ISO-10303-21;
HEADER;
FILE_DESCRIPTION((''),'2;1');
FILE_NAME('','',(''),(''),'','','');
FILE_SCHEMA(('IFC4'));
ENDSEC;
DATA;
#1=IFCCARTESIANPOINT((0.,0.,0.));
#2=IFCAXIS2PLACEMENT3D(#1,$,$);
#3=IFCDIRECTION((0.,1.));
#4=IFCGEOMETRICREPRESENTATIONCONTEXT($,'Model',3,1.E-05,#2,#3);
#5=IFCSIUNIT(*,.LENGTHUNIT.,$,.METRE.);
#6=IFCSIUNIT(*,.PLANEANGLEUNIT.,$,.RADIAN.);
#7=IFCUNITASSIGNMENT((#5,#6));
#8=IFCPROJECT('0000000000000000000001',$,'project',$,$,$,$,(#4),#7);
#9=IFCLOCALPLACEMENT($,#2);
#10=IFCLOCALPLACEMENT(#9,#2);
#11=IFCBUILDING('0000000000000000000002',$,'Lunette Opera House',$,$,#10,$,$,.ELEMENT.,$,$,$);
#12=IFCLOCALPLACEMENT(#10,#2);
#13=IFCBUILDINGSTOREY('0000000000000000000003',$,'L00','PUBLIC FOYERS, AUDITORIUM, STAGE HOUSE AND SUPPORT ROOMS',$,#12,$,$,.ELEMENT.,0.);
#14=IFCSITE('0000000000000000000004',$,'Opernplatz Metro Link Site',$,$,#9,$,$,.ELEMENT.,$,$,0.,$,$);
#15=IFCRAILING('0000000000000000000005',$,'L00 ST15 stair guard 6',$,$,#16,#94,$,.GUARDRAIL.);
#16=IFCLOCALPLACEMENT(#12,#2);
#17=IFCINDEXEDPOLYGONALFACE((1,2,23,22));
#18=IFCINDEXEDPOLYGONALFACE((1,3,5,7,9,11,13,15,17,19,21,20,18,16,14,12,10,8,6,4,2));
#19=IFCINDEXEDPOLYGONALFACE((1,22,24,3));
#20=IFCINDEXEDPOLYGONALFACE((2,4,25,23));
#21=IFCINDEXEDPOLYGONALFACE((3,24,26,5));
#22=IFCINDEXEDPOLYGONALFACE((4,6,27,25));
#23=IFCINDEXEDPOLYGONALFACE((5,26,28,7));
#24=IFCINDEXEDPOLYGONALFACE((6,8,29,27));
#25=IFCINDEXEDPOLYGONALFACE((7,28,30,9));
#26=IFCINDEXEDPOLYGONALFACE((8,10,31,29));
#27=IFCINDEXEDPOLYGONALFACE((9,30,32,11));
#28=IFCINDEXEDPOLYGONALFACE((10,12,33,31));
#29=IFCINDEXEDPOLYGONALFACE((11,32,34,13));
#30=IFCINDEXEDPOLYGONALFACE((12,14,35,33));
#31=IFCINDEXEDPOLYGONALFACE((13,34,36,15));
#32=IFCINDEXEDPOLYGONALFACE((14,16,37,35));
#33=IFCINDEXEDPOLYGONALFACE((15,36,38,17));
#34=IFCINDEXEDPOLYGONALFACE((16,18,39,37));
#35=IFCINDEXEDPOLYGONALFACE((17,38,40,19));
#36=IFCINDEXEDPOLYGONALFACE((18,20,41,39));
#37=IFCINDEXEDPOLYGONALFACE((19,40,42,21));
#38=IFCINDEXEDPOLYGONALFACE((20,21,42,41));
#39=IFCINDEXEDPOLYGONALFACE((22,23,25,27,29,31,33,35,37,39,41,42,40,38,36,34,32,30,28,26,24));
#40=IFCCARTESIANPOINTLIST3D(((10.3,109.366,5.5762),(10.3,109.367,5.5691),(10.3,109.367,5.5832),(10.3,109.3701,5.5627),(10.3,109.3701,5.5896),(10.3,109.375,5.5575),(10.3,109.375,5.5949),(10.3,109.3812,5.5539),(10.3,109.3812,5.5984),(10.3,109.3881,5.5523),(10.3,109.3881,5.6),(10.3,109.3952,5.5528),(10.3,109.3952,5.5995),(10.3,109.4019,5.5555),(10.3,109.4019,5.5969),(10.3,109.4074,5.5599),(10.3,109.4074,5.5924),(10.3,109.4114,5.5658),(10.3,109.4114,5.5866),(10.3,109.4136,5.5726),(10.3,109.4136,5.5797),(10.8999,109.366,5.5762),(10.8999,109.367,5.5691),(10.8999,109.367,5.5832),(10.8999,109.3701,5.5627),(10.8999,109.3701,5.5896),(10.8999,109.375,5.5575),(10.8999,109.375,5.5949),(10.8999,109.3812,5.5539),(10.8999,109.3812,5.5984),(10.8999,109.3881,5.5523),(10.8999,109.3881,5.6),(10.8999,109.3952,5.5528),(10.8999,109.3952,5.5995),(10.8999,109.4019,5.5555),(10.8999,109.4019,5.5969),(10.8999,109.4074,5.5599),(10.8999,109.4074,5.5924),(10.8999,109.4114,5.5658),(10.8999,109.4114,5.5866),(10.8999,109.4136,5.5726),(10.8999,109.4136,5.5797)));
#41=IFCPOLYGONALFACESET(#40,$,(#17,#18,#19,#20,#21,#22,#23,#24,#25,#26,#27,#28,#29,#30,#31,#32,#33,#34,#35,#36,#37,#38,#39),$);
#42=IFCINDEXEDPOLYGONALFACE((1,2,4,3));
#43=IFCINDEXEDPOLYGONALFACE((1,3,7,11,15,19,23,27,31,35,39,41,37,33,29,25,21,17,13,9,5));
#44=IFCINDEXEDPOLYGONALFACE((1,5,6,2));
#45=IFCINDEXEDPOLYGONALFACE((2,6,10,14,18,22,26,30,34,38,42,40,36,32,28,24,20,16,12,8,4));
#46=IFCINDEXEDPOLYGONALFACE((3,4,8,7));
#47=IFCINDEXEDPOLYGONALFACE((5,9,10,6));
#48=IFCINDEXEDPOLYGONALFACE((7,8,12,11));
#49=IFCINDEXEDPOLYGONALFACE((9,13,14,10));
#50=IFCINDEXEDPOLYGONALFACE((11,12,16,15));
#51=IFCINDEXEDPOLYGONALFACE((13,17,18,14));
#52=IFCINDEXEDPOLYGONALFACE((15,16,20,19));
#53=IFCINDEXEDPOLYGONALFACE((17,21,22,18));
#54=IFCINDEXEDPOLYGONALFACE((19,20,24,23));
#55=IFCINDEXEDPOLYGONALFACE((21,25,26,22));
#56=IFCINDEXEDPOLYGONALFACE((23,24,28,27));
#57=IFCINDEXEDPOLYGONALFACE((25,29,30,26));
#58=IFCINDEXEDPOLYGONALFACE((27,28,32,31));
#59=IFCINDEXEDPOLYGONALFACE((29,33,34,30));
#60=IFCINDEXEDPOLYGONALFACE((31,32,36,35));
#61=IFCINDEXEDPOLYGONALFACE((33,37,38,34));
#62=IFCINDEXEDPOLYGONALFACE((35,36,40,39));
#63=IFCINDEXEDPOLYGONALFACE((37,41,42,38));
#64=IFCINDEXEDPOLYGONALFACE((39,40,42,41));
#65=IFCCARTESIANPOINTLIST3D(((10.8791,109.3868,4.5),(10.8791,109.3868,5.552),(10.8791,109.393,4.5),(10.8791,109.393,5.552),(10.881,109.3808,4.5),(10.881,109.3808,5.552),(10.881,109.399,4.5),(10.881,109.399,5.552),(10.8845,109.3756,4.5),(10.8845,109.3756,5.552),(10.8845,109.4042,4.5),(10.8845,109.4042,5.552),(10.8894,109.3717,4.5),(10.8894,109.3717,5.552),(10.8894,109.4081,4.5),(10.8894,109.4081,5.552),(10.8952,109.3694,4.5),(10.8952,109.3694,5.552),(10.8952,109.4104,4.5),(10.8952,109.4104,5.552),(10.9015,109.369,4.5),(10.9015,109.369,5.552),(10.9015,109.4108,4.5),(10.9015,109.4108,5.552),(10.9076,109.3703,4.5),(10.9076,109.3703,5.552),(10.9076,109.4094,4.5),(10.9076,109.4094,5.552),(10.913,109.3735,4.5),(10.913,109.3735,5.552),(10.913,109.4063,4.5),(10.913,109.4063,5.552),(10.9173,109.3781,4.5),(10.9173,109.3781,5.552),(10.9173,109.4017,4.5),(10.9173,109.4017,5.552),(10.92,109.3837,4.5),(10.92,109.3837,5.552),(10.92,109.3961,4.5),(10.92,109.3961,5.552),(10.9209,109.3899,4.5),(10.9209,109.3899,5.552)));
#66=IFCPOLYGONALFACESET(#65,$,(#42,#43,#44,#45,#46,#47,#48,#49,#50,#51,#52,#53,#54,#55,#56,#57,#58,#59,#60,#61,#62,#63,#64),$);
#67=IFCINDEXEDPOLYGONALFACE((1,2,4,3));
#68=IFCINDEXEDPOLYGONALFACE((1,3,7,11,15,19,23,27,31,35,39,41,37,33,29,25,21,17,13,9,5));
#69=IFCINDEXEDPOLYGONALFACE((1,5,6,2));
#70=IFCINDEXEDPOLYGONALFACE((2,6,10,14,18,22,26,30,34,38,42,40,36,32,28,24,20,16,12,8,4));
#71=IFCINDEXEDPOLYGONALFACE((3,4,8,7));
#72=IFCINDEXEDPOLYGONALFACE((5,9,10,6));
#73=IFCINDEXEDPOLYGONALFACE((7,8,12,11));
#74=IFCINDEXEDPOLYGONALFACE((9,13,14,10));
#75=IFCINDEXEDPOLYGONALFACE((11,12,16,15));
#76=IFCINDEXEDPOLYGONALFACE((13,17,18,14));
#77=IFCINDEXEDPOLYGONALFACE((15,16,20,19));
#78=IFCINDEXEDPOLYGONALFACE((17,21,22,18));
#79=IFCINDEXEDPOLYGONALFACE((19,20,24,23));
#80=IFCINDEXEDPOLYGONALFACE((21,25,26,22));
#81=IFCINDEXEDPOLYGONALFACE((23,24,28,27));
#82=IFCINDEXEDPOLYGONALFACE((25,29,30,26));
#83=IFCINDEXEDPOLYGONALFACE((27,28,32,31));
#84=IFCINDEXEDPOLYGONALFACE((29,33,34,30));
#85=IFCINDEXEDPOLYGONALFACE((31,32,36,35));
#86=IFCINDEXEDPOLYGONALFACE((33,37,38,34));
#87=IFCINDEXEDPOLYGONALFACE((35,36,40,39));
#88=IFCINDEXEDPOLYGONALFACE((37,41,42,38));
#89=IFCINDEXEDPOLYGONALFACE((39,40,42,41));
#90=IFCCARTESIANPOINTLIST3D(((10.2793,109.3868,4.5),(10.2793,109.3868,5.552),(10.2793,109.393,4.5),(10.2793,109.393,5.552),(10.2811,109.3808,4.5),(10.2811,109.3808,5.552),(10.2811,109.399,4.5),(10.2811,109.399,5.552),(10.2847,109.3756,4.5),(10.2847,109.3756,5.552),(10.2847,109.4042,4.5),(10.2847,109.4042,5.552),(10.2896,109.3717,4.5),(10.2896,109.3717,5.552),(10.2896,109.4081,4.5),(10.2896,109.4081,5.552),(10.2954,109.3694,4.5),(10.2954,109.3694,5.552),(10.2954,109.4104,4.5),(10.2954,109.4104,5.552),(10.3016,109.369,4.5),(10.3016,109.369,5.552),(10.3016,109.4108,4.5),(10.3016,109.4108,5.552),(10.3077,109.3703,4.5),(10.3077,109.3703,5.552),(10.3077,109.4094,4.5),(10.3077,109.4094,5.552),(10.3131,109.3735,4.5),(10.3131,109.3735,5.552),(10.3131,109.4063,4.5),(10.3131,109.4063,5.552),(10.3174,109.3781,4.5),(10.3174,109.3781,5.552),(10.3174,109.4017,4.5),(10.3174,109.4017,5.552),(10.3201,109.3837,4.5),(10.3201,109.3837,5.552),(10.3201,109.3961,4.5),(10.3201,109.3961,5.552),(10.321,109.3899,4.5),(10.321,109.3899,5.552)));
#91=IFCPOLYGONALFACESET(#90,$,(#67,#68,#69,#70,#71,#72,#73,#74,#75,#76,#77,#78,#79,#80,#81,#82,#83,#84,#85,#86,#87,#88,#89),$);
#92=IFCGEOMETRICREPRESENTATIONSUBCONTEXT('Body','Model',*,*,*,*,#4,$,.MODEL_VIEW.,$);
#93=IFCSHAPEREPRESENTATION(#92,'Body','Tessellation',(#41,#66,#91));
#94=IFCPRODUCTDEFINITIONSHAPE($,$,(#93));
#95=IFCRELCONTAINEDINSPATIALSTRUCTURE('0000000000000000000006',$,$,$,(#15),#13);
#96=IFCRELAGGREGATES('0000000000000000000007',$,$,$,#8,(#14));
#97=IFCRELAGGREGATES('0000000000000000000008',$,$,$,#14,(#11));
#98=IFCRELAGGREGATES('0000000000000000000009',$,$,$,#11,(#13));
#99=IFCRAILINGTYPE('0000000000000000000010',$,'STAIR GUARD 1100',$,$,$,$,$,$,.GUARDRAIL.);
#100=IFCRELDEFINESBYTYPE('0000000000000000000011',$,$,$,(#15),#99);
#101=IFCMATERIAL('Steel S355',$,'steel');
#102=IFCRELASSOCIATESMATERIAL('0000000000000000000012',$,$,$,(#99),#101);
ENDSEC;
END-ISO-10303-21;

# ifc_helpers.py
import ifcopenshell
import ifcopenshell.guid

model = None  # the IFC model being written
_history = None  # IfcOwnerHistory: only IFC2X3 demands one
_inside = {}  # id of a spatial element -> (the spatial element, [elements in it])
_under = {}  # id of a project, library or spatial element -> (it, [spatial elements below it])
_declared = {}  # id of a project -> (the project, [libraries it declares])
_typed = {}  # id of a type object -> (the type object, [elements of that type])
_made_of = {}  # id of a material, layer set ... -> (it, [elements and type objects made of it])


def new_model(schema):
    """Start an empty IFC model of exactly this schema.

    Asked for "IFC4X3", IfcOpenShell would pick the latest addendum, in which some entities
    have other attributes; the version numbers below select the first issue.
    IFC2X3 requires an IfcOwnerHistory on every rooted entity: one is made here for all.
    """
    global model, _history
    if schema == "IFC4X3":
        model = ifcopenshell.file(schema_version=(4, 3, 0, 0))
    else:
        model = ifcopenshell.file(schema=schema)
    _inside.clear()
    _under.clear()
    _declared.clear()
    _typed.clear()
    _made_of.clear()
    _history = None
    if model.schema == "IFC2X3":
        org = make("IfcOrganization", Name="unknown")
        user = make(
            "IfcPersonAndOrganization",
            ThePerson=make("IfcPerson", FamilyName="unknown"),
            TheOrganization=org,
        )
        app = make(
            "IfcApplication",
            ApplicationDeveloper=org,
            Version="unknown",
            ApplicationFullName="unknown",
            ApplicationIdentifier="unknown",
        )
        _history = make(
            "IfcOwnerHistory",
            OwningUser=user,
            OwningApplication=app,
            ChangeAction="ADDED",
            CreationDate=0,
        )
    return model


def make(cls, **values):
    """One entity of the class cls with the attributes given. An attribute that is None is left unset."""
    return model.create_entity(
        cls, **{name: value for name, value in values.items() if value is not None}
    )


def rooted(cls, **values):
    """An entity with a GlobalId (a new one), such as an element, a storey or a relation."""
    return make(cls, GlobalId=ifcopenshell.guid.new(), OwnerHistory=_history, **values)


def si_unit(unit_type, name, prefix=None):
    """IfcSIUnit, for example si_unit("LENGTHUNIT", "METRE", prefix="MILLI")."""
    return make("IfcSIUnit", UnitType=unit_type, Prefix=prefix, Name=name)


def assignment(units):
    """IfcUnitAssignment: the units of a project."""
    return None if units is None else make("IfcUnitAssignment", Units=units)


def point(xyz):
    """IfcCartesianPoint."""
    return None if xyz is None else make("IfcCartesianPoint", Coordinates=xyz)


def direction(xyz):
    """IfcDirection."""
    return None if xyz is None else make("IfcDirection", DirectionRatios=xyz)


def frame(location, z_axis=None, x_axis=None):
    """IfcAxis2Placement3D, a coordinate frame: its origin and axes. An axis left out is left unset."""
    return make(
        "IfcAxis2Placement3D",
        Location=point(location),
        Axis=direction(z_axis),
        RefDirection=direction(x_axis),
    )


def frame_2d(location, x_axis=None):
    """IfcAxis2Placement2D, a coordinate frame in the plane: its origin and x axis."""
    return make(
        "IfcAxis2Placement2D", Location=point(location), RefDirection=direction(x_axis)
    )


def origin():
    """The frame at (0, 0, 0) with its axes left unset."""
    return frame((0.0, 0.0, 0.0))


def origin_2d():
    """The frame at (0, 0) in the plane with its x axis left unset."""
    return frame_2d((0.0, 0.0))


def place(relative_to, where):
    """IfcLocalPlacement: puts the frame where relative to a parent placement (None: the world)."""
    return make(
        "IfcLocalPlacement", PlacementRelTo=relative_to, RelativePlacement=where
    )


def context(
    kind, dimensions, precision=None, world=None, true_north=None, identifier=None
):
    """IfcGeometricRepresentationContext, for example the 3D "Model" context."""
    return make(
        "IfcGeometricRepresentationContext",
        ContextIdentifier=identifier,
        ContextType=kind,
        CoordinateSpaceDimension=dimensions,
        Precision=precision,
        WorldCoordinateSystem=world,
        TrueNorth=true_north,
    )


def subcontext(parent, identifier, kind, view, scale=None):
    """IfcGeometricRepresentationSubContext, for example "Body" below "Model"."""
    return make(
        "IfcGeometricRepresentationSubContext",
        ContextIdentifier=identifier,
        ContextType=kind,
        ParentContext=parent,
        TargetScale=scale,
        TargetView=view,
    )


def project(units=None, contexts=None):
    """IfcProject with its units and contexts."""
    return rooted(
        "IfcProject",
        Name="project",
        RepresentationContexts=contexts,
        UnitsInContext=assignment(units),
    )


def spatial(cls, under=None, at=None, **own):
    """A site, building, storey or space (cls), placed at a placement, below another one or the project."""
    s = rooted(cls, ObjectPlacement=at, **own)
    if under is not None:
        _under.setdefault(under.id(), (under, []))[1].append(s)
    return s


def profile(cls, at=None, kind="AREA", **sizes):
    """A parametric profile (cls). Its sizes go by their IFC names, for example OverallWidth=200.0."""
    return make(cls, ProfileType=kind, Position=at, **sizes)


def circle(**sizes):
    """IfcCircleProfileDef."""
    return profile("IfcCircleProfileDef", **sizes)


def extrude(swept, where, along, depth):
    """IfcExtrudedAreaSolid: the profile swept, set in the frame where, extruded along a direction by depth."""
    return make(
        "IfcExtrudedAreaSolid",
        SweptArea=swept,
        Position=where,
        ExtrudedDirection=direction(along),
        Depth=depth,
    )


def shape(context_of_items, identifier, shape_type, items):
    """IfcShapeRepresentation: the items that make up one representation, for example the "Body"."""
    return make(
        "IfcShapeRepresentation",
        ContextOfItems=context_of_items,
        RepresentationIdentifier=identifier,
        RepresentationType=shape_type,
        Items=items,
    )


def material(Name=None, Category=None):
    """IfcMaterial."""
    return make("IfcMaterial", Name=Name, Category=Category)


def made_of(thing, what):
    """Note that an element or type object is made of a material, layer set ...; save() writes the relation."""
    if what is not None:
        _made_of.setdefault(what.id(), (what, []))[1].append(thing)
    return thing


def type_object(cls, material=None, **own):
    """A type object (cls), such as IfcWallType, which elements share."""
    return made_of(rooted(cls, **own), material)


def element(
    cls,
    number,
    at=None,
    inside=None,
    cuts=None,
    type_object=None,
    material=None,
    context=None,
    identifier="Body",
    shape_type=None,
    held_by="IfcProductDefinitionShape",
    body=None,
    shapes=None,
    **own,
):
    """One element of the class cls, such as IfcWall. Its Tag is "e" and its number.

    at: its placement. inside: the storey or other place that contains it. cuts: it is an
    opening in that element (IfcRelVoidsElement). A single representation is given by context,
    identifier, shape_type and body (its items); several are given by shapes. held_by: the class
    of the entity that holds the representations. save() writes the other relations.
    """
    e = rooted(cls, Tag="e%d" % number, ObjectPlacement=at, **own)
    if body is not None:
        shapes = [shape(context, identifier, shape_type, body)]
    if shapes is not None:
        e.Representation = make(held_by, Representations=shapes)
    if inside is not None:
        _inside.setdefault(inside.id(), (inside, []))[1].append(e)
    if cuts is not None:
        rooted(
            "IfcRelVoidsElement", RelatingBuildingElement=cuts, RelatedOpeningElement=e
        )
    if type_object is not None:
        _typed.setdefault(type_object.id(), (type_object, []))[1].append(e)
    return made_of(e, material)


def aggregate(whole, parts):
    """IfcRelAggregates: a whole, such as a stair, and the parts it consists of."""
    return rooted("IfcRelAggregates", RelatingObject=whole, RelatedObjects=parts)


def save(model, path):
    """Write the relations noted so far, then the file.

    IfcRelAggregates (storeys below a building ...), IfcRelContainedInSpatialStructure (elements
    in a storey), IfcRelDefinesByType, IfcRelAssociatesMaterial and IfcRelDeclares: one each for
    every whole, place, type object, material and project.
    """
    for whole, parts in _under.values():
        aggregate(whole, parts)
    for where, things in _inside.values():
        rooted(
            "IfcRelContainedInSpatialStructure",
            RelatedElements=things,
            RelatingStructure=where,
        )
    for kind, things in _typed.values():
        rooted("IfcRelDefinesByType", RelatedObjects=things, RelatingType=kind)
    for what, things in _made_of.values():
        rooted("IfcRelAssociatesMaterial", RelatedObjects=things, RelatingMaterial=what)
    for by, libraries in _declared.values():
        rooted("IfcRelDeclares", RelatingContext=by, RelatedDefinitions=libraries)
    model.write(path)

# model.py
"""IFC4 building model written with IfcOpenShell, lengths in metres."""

from ifc_helpers import new_model, si_unit, direction, frame, origin, origin_2d, place, context, subcontext, project, spatial, circle, extrude, material, type_object, element, save


model = new_model("IFC4")

# Units and contexts
model_context = context("Model", 3, precision=1e-05, world=origin(), true_north=direction((0.0, 1.0)))
body_context = subcontext(model_context, "Body", "Model", "MODEL_VIEW")
ifc_project = project(units=[si_unit("LENGTHUNIT", "METRE"), si_unit("PLANEANGLEUNIT", "RADIAN")], contexts=[model_context])

# Site, building, storey
site_placement = place(None, origin())
site = spatial("IfcSite", under=ifc_project, at=site_placement, Name="Opernplatz Metro Link Site", CompositionType="ELEMENT", RefElevation=0.0)
building_placement = place(site_placement, origin())
building = spatial("IfcBuilding", under=site, at=building_placement, Name="Lunette Opera House", CompositionType="ELEMENT")
storey_placement = place(building_placement, origin())
storey = spatial("IfcBuildingStorey", under=building, at=storey_placement, Name="L00", Description="PUBLIC FOYERS, AUDITORIUM, STAGE HOUSE AND SUPPORT ROOMS", CompositionType="ELEMENT", Elevation=0.0)

# Railing
ifc_material_1 = material(Name="Steel S355", Category="steel")
railing_type_1 = type_object("IfcRailingType", Name="STAIR GUARD 1100", PredefinedType="GUARDRAIL", material=ifc_material_1)
railing_1_placement = place(storey_placement, frame((10.8999, 109.3899, 4.5)))
element("IfcRailing", 1, at=railing_1_placement, inside=storey, type_object=railing_type_1, Name="L00 ST15 stair guard 6", PredefinedType="GUARDRAIL", context=body_context, shape_type="SweptSolid", body=[
    extrude(circle(Radius=0.0239, at=origin_2d()), frame((0.0, 0.0, 1.0762), z_axis=(-1.0, 0.0, 0.0), x_axis=(0.0, -1.0, 0.0)), (0.0, 0.0, 1.0), 0.5999),
    extrude(circle(Radius=0.021, at=origin_2d()), origin(), (0.0, 0.0, 1.0), 1.052),
    extrude(circle(Radius=0.021, at=origin_2d()), frame((-0.5999, 0.0, 0.0)), (0.0, 0.0, 1.0), 1.052),
])

save(model, "model.ifc")
